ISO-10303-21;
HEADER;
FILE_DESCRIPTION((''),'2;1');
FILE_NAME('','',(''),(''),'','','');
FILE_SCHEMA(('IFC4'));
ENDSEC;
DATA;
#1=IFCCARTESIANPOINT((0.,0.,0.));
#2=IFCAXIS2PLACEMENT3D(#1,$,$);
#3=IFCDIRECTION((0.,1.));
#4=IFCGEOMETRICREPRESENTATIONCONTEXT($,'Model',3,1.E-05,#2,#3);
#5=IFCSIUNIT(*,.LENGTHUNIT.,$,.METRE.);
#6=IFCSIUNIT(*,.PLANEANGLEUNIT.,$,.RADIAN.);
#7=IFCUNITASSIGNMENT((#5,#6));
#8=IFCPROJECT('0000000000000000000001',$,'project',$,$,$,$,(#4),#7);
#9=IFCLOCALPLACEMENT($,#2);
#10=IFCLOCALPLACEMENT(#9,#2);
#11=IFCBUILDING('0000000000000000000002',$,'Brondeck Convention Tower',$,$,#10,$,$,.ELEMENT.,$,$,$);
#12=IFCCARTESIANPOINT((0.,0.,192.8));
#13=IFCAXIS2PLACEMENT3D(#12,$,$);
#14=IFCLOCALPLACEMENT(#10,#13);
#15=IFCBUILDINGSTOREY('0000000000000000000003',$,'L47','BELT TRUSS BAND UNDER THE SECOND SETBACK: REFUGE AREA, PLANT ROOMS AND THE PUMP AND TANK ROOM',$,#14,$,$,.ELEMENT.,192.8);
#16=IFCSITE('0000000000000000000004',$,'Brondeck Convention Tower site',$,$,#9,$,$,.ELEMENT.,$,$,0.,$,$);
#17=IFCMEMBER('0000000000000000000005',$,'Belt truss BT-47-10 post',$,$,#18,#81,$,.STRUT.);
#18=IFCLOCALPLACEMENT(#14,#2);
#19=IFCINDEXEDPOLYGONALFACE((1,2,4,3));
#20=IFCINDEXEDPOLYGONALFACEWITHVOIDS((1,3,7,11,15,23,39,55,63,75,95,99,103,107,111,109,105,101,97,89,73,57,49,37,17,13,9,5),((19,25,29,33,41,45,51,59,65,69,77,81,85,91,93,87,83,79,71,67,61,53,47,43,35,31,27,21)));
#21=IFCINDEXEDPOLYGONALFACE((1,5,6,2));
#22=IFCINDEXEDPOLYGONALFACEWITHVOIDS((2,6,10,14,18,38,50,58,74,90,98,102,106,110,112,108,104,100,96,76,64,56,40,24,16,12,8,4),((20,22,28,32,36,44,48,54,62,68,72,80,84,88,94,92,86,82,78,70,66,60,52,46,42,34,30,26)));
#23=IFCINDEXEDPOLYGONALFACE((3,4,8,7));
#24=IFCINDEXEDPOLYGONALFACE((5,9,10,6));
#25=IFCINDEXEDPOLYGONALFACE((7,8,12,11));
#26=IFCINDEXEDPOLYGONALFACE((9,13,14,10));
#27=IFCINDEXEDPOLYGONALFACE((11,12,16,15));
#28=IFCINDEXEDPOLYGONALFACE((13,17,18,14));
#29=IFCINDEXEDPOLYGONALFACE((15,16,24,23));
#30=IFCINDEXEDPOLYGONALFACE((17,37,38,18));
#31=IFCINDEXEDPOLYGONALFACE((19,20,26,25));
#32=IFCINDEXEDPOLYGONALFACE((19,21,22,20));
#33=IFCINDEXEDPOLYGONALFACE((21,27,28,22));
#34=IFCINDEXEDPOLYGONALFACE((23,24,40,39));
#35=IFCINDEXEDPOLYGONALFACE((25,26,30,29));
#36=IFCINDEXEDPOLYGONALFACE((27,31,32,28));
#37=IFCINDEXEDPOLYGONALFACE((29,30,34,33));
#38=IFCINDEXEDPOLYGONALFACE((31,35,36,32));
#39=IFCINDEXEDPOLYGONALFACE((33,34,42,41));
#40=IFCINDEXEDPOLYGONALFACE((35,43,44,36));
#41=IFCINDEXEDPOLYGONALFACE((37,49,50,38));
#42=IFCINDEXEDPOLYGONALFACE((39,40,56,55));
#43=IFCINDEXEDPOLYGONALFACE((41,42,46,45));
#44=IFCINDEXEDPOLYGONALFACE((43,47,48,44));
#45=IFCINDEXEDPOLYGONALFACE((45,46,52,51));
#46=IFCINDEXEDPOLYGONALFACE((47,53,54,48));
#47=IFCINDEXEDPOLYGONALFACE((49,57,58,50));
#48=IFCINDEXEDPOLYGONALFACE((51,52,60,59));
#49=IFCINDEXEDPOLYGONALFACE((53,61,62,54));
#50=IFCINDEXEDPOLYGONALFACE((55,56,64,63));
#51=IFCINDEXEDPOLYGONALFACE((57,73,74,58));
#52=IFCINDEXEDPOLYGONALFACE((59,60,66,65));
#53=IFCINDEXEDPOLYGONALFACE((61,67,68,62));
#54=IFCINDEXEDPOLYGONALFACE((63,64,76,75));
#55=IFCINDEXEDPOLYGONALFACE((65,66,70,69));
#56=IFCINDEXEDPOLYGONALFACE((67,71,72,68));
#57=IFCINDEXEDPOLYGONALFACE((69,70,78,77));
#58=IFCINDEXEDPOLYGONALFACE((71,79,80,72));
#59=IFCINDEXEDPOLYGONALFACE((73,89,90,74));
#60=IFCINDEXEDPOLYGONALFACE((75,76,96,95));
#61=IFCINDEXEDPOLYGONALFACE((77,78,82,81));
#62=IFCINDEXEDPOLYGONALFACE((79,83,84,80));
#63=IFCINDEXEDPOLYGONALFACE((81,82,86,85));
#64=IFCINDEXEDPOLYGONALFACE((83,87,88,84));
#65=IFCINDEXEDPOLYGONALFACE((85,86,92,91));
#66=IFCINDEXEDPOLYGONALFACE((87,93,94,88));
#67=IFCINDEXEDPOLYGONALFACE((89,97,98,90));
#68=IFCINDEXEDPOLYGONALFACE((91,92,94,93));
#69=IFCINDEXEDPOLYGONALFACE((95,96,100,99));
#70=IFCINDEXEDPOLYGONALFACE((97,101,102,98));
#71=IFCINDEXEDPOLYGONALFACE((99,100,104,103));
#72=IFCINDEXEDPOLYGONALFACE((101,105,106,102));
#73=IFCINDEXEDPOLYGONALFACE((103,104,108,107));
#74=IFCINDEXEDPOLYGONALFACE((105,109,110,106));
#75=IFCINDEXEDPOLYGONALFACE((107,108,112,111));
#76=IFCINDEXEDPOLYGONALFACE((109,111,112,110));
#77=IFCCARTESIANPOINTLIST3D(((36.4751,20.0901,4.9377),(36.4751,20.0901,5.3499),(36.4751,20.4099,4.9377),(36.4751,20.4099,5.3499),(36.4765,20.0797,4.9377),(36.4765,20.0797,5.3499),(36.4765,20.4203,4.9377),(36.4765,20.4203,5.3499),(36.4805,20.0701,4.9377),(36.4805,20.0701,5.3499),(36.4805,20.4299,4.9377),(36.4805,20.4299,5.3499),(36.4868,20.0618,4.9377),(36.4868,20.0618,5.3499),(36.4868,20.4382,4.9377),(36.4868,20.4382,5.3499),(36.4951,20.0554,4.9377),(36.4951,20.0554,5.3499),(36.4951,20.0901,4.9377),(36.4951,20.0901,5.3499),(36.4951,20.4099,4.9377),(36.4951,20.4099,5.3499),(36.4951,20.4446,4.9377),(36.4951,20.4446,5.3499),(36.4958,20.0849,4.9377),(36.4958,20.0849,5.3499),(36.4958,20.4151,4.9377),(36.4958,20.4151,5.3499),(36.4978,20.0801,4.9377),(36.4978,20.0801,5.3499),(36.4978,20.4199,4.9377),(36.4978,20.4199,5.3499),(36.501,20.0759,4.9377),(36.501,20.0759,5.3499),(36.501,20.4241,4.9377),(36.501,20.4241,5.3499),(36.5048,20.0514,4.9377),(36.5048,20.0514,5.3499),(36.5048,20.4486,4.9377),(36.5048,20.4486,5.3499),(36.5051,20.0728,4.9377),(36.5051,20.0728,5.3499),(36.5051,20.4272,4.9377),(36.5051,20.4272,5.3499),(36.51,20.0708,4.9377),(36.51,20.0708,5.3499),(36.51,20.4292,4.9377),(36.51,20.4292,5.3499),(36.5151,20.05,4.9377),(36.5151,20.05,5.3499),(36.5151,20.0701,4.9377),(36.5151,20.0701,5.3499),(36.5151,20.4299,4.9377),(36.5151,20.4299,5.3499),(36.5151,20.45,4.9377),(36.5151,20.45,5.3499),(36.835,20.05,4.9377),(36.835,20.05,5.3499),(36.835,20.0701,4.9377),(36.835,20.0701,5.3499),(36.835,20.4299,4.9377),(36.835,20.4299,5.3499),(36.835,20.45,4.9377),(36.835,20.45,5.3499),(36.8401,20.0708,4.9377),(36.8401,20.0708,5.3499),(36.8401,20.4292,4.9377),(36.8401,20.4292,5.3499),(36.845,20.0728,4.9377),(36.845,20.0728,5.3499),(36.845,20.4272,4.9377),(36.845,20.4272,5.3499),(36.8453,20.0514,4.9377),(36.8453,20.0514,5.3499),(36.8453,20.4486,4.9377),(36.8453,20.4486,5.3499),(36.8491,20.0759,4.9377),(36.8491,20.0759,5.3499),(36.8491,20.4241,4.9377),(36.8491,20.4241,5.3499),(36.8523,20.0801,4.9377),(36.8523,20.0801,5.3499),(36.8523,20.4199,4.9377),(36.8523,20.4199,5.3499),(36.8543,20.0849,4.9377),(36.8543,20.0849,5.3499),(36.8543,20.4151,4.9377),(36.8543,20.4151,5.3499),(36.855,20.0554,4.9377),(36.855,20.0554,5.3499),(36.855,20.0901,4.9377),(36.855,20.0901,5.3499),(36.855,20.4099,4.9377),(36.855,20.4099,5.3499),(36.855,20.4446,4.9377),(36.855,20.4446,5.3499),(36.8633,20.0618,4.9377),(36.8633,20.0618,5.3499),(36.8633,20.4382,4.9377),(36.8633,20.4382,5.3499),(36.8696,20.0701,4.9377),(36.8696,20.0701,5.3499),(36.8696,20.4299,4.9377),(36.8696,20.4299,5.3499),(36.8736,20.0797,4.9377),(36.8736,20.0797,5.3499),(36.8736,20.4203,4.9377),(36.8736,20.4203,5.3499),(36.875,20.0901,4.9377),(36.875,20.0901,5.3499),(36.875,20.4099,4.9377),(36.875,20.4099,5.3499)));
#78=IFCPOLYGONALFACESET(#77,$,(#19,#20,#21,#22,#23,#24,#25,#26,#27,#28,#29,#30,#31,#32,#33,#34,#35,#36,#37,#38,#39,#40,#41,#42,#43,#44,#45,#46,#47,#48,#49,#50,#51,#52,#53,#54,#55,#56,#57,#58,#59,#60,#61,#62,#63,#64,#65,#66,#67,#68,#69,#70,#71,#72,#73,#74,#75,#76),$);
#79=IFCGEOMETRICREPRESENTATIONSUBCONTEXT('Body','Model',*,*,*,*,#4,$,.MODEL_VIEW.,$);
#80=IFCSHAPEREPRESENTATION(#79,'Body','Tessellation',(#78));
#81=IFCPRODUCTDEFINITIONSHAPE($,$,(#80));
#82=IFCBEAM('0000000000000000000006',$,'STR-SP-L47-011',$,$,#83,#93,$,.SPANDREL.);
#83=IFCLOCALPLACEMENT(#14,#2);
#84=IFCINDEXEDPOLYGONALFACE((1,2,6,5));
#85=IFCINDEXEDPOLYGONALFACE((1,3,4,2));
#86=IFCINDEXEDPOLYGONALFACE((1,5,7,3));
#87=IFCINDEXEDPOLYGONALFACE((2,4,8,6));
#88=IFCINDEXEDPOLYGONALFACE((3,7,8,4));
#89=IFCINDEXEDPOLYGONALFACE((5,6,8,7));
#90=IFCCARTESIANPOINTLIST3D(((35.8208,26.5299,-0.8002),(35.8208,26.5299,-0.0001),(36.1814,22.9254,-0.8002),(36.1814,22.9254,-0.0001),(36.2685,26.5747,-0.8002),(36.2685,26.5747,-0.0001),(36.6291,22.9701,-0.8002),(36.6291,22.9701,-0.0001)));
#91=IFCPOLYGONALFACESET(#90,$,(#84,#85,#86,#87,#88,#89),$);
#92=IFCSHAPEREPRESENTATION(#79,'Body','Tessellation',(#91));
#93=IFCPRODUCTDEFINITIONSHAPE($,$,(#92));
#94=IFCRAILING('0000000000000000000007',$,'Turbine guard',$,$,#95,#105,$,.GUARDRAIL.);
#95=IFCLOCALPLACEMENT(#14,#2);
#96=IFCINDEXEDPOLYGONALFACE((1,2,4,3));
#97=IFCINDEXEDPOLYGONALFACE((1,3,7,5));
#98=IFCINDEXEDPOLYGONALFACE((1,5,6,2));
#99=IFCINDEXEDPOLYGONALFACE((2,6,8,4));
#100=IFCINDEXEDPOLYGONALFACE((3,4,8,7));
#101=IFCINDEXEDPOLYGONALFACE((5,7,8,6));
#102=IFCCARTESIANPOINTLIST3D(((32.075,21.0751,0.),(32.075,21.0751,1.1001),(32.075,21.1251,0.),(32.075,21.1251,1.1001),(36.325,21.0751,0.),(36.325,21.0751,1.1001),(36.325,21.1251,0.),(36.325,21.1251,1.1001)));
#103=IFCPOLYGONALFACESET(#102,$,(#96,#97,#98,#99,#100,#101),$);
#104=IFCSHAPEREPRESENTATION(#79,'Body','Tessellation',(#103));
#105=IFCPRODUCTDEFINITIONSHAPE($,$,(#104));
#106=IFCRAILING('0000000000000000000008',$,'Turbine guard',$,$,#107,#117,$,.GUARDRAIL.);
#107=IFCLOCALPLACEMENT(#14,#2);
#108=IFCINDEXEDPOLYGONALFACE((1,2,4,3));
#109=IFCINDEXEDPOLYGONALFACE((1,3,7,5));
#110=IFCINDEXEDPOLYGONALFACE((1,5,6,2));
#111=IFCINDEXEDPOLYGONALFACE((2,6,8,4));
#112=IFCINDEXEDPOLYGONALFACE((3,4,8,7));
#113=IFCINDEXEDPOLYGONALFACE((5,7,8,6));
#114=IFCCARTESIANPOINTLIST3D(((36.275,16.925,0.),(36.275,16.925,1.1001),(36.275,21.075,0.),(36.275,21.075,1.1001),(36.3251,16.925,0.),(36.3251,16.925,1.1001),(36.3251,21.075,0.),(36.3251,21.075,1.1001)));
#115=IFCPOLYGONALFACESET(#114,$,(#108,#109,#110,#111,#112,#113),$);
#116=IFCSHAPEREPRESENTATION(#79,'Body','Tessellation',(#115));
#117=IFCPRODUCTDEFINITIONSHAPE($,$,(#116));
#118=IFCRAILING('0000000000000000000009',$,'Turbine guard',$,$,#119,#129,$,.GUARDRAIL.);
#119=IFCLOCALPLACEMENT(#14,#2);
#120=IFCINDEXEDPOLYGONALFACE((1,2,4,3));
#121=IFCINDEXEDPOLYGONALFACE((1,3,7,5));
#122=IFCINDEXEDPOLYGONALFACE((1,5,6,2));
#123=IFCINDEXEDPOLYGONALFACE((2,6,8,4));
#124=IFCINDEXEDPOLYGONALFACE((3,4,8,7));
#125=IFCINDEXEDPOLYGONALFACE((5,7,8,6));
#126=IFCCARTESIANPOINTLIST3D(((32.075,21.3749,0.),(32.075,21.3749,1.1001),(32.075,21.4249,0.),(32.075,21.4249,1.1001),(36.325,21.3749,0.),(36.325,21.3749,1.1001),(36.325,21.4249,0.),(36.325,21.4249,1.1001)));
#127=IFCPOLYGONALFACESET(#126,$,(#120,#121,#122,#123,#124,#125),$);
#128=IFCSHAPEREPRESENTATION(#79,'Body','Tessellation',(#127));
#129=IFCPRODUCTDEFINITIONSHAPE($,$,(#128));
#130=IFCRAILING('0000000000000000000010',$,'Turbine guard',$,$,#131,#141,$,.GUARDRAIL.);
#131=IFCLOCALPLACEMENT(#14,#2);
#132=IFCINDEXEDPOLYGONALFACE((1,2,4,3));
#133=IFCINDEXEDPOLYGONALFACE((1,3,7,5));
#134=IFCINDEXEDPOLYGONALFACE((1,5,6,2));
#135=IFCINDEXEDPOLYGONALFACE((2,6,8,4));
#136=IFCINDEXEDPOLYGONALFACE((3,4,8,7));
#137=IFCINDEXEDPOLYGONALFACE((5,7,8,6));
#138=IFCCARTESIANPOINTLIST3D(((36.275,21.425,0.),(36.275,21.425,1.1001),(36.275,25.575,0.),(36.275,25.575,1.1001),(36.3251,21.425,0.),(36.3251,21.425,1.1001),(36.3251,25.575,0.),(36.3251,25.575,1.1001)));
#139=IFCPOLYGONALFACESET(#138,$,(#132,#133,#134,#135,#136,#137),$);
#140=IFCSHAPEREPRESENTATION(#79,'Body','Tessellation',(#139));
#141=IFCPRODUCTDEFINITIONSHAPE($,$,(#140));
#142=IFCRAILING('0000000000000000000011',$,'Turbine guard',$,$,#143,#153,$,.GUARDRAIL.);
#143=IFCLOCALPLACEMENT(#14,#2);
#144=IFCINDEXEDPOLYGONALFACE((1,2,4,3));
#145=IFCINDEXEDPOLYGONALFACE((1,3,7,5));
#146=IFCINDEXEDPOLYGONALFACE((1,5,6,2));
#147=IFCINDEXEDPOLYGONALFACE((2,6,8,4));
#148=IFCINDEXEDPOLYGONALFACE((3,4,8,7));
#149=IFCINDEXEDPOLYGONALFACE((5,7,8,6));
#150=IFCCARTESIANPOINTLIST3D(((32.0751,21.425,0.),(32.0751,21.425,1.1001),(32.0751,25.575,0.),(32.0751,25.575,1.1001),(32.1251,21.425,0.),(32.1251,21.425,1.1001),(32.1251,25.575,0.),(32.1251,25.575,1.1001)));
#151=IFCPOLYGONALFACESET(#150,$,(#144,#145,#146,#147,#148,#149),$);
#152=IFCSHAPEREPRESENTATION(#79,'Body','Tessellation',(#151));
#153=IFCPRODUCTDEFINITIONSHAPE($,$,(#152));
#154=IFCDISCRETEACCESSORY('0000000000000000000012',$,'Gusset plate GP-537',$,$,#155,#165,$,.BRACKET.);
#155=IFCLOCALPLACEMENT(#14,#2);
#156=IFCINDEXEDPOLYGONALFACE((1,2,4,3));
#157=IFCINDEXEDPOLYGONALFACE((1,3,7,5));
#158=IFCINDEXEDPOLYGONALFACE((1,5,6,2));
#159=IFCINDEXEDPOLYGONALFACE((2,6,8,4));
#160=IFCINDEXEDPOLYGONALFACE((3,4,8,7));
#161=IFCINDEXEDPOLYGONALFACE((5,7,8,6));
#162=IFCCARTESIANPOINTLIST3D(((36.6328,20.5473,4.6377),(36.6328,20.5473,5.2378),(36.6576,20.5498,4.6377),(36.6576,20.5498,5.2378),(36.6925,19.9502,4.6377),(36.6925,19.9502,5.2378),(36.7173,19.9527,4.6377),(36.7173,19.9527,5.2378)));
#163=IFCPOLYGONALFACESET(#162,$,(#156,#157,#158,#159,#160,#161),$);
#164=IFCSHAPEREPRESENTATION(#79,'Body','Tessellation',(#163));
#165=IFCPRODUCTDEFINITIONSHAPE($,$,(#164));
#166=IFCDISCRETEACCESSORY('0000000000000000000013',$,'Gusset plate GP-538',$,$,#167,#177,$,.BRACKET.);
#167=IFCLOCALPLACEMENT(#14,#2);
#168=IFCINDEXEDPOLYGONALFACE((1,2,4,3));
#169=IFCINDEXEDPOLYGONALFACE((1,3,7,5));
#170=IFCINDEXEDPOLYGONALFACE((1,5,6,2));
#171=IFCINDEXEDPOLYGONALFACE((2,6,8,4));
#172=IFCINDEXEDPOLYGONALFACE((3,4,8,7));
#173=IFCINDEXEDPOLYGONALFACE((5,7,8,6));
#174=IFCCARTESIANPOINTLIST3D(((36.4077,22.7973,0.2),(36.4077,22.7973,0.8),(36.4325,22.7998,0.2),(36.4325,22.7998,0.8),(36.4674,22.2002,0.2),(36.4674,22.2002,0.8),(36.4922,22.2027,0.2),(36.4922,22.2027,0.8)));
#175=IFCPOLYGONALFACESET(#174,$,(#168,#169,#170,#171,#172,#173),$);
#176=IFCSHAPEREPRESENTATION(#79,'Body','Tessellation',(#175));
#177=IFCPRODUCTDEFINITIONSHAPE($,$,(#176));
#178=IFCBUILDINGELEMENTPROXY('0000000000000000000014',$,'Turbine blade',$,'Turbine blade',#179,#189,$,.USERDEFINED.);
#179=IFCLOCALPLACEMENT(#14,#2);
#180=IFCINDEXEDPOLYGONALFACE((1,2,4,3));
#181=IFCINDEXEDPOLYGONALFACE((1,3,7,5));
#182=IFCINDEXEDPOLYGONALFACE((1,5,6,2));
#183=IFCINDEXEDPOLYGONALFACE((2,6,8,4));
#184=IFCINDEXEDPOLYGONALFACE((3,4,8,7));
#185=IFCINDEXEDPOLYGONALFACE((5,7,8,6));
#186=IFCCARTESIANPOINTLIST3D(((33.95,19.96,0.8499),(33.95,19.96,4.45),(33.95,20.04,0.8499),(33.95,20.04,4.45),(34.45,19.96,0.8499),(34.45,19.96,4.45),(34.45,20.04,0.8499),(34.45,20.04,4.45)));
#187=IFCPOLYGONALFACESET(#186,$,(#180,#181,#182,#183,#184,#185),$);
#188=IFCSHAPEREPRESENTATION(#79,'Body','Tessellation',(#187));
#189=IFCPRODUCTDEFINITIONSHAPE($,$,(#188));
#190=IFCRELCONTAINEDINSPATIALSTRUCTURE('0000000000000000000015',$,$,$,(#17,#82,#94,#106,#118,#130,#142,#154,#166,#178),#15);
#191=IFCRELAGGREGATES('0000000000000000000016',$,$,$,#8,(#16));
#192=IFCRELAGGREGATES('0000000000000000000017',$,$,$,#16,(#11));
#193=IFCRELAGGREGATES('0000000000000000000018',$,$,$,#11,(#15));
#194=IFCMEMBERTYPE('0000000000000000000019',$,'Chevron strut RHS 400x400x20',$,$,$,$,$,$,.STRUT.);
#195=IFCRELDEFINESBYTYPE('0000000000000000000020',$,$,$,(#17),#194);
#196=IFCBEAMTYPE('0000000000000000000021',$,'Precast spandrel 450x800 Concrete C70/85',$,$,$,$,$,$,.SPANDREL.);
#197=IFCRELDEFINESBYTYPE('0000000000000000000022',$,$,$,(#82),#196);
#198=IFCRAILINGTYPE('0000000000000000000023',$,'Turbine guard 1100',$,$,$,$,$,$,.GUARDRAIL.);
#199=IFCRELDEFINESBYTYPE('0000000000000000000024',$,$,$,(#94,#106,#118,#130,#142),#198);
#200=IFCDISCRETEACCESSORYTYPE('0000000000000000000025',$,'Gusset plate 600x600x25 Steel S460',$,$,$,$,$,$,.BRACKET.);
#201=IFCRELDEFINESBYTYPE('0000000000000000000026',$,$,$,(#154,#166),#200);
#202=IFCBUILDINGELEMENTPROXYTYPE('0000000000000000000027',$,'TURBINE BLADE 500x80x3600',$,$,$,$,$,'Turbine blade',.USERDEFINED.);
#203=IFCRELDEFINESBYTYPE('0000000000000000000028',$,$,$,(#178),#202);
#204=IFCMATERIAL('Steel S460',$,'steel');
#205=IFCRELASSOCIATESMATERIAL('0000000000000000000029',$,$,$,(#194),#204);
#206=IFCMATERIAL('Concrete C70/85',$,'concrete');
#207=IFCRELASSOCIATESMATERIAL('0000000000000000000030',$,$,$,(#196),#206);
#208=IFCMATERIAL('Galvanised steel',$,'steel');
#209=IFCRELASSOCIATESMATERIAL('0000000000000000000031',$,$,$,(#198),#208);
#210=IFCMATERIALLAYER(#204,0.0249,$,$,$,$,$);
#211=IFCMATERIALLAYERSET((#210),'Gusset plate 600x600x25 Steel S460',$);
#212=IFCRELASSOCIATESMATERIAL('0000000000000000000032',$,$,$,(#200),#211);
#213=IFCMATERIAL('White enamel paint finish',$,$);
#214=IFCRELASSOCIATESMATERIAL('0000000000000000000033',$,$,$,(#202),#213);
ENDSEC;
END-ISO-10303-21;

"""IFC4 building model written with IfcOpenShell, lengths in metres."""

from ifc_helpers import new_model, si_unit, direction, frame, origin, origin_2d, place, context, subcontext, project, spatial, rectangle, hollow_rectangle, extrude, material, layer, layer_set, material_profile, profile_set, type_object, element, save


model = new_model("IFC4")

# Units and contexts
model_context = context("Model", 3, precision=1e-05, world=origin(), true_north=direction((0.0, 1.0)))
body_context = subcontext(model_context, "Body", "Model", "MODEL_VIEW")
ifc_project = project(units=[si_unit("LENGTHUNIT", "METRE"), si_unit("PLANEANGLEUNIT", "RADIAN")], contexts=[model_context])

# Site, building, storey
site_placement = place(None, origin())
site = spatial("IfcSite", under=ifc_project, at=site_placement, Name="Brondeck Convention Tower site", CompositionType="ELEMENT", RefElevation=0.0)
building_placement = place(site_placement, origin())
building = spatial("IfcBuilding", under=site, at=building_placement, Name="Brondeck Convention Tower", CompositionType="ELEMENT")
storey_placement = place(building_placement, frame((0.0, 0.0, 192.8)))
storey = spatial("IfcBuildingStorey", under=building, at=storey_placement, Name="L47", Description="BELT TRUSS BAND UNDER THE SECOND SETBACK: REFUGE AREA, PLANT ROOMS AND THE PUMP AND TANK ROOM", CompositionType="ELEMENT", Elevation=192.8)

# Shared definitions
ifc_material_1 = material(Name="Concrete C70/85", Category="concrete")

# Member
ifc_material_2 = material(Name="Steel S460", Category="steel")
ifc_material_profile_1 = material_profile(ifc_material_2, hollow_rectangle(XDim=0.3999, YDim=0.3999, WallThickness=0.02, InnerFilletRadius=0.02, OuterFilletRadius=0.04, at=origin_2d()), Name="RHS 400x400x20")
ifc_profile_set_1 = profile_set([ifc_material_profile_1], Name="Steel S460")
member_type_1 = type_object("IfcMemberType", Name="Chevron strut RHS 400x400x20", PredefinedType="STRUT", material=ifc_profile_set_1)
member_placement = place(storey_placement, frame((36.675, 20.25, 4.9377), z_axis=(0.0, 0.0, 1.0), x_axis=(1.0, 0.0, 0.0)))
element("IfcMember", 1, at=member_placement, inside=storey, type_object=member_type_1, Name="Belt truss BT-47-10 post", PredefinedType="STRUT", context=body_context, shape_type="SweptSolid", body=[
    extrude(hollow_rectangle(XDim=0.3999, YDim=0.3999, WallThickness=0.02, InnerFilletRadius=0.02, OuterFilletRadius=0.04, at=origin_2d()), origin(), (0.0, 0.0, 1.0), 0.4121),
])

# Beam
ifc_material_profile_2 = material_profile(ifc_material_1, rectangle(XDim=0.45, YDim=0.8, at=origin_2d()), Name="Precast spandrel 450x800 Concrete C70/85")
ifc_profile_set_2 = profile_set([ifc_material_profile_2], Name="Concrete C70/85")
beam_type = type_object("IfcBeamType", Name="Precast spandrel 450x800 Concrete C70/85", PredefinedType="SPANDREL", material=ifc_profile_set_2)
beam_placement = place(storey_placement, frame((36.4053, 22.9478, -0.4001), z_axis=(-0.099544, 0.995033, 0.0), x_axis=(-0.995033, -0.099544, 0.0)))
element("IfcBeam", 2, at=beam_placement, inside=storey, type_object=beam_type, Name="STR-SP-L47-011", PredefinedType="SPANDREL", context=body_context, shape_type="SweptSolid", body=[
    extrude(rectangle(XDim=0.45, YDim=0.8, at=origin_2d()), origin(), (0.0, 0.0, 1.0), 3.6226),
])

# Railings
ifc_material_3 = material(Name="Galvanised steel", Category="steel")
railing_type = type_object("IfcRailingType", Name="Turbine guard 1100", PredefinedType="GUARDRAIL", material=ifc_material_3)
railing_1_placement = place(storey_placement, frame((34.2, 21.1001, 0.0), z_axis=(0.0, 0.0, 1.0), x_axis=(1.0, 0.0, 0.0)))
element("IfcRailing", 3, at=railing_1_placement, inside=storey, type_object=railing_type, Name="Turbine guard", PredefinedType="GUARDRAIL", context=body_context, shape_type="SweptSolid", body=[
    extrude(rectangle(XDim=4.25, YDim=0.05, at=origin_2d()), origin(), (0.0, 0.0, 1.0), 1.1001),
])
railing_2_placement = place(storey_placement, frame((36.3, 19.0, 0.0), z_axis=(0.0, 0.0, 1.0), x_axis=(1.0, 0.0, 0.0)))
element("IfcRailing", 4, at=railing_2_placement, inside=storey, type_object=railing_type, Name="Turbine guard", PredefinedType="GUARDRAIL", context=body_context, shape_type="SweptSolid", body=[
    extrude(rectangle(XDim=0.05, YDim=4.1499, at=origin_2d()), origin(), (0.0, 0.0, 1.0), 1.1001),
])
railing_3_placement = place(storey_placement, frame((34.2, 21.3999, 0.0), z_axis=(0.0, 0.0, 1.0), x_axis=(1.0, 0.0, 0.0)))
element("IfcRailing", 5, at=railing_3_placement, inside=storey, type_object=railing_type, Name="Turbine guard", PredefinedType="GUARDRAIL", context=body_context, shape_type="SweptSolid", body=[
    extrude(rectangle(XDim=4.25, YDim=0.05, at=origin_2d()), origin(), (0.0, 0.0, 1.0), 1.1001),
])
for number, where, z_axis, x_axis, name in (
    (6, (36.3, 23.5, 0.0), (0.0, 0.0, 1.0), (1.0, 0.0, 0.0), "Turbine guard"),
    (7, (32.1001, 23.5, 0.0), (0.0, 0.0, 1.0), (1.0, 0.0, 0.0), "Turbine guard"),
):
    element("IfcRailing", number, at=place(storey_placement, frame(where, z_axis=z_axis, x_axis=x_axis)), inside=storey, type_object=railing_type, Name=name, PredefinedType="GUARDRAIL", context=body_context, shape_type="SweptSolid", body=[
        extrude(rectangle(XDim=0.05, YDim=4.1499, at=origin_2d()), origin(), (0.0, 0.0, 1.0), 1.1001),
    ])

# Discrete accessories
ifc_layer = layer(ifc_material_2, 0.0249)
ifc_layer_set = layer_set([ifc_layer], Name="Gusset plate 600x600x25 Steel S460")
discrete_accessory_type = type_object("IfcDiscreteAccessoryType", Name="Gusset plate 600x600x25 Steel S460", PredefinedType="BRACKET", material=ifc_layer_set)
for number, where, z_axis, x_axis, name in (
    (8, (36.675, 20.25, 4.6377), (0.0, 0.0, 1.0), (-0.099511, 0.995036, 0.0), "Gusset plate GP-537"),
    (9, (36.45, 22.5, 0.2), (0.0, 0.0, 1.0), (-0.099511, 0.995036, 0.0), "Gusset plate GP-538"),
):
    element("IfcDiscreteAccessory", number, at=place(storey_placement, frame(where, z_axis=z_axis, x_axis=x_axis)), inside=storey, type_object=discrete_accessory_type, Name=name, PredefinedType="BRACKET", context=body_context, shape_type="SweptSolid", body=[
        extrude(rectangle(XDim=0.6001, YDim=0.0249, at=origin_2d()), origin(), (0.0, 0.0, 1.0), 0.6001),
    ])

# Building element proxy
ifc_material_4 = material(Name="White enamel paint finish")
building_element_proxy_type_1 = type_object("IfcBuildingElementProxyType", Name="TURBINE BLADE 500x80x3600", ElementType="Turbine blade", PredefinedType="USERDEFINED", material=ifc_material_4)
for number, where, z_axis, x_axis, name in (
    (10, (34.2, 20.0, 0.8499), (0.0, 0.0, 1.0), (-1.0, 0.0, 0.0), "Turbine blade"),
):
    element("IfcBuildingElementProxy", number, at=place(storey_placement, frame(where, z_axis=z_axis, x_axis=x_axis)), inside=storey, type_object=building_element_proxy_type_1, Name=name, ObjectType="Turbine blade", PredefinedType="USERDEFINED", context=body_context, shape_type="SweptSolid", body=[
        extrude(rectangle(XDim=0.5, YDim=0.0801, at=origin_2d()), origin(), (0.0, 0.0, 1.0), 3.6001),
    ])

save(model, "model.ifc")
